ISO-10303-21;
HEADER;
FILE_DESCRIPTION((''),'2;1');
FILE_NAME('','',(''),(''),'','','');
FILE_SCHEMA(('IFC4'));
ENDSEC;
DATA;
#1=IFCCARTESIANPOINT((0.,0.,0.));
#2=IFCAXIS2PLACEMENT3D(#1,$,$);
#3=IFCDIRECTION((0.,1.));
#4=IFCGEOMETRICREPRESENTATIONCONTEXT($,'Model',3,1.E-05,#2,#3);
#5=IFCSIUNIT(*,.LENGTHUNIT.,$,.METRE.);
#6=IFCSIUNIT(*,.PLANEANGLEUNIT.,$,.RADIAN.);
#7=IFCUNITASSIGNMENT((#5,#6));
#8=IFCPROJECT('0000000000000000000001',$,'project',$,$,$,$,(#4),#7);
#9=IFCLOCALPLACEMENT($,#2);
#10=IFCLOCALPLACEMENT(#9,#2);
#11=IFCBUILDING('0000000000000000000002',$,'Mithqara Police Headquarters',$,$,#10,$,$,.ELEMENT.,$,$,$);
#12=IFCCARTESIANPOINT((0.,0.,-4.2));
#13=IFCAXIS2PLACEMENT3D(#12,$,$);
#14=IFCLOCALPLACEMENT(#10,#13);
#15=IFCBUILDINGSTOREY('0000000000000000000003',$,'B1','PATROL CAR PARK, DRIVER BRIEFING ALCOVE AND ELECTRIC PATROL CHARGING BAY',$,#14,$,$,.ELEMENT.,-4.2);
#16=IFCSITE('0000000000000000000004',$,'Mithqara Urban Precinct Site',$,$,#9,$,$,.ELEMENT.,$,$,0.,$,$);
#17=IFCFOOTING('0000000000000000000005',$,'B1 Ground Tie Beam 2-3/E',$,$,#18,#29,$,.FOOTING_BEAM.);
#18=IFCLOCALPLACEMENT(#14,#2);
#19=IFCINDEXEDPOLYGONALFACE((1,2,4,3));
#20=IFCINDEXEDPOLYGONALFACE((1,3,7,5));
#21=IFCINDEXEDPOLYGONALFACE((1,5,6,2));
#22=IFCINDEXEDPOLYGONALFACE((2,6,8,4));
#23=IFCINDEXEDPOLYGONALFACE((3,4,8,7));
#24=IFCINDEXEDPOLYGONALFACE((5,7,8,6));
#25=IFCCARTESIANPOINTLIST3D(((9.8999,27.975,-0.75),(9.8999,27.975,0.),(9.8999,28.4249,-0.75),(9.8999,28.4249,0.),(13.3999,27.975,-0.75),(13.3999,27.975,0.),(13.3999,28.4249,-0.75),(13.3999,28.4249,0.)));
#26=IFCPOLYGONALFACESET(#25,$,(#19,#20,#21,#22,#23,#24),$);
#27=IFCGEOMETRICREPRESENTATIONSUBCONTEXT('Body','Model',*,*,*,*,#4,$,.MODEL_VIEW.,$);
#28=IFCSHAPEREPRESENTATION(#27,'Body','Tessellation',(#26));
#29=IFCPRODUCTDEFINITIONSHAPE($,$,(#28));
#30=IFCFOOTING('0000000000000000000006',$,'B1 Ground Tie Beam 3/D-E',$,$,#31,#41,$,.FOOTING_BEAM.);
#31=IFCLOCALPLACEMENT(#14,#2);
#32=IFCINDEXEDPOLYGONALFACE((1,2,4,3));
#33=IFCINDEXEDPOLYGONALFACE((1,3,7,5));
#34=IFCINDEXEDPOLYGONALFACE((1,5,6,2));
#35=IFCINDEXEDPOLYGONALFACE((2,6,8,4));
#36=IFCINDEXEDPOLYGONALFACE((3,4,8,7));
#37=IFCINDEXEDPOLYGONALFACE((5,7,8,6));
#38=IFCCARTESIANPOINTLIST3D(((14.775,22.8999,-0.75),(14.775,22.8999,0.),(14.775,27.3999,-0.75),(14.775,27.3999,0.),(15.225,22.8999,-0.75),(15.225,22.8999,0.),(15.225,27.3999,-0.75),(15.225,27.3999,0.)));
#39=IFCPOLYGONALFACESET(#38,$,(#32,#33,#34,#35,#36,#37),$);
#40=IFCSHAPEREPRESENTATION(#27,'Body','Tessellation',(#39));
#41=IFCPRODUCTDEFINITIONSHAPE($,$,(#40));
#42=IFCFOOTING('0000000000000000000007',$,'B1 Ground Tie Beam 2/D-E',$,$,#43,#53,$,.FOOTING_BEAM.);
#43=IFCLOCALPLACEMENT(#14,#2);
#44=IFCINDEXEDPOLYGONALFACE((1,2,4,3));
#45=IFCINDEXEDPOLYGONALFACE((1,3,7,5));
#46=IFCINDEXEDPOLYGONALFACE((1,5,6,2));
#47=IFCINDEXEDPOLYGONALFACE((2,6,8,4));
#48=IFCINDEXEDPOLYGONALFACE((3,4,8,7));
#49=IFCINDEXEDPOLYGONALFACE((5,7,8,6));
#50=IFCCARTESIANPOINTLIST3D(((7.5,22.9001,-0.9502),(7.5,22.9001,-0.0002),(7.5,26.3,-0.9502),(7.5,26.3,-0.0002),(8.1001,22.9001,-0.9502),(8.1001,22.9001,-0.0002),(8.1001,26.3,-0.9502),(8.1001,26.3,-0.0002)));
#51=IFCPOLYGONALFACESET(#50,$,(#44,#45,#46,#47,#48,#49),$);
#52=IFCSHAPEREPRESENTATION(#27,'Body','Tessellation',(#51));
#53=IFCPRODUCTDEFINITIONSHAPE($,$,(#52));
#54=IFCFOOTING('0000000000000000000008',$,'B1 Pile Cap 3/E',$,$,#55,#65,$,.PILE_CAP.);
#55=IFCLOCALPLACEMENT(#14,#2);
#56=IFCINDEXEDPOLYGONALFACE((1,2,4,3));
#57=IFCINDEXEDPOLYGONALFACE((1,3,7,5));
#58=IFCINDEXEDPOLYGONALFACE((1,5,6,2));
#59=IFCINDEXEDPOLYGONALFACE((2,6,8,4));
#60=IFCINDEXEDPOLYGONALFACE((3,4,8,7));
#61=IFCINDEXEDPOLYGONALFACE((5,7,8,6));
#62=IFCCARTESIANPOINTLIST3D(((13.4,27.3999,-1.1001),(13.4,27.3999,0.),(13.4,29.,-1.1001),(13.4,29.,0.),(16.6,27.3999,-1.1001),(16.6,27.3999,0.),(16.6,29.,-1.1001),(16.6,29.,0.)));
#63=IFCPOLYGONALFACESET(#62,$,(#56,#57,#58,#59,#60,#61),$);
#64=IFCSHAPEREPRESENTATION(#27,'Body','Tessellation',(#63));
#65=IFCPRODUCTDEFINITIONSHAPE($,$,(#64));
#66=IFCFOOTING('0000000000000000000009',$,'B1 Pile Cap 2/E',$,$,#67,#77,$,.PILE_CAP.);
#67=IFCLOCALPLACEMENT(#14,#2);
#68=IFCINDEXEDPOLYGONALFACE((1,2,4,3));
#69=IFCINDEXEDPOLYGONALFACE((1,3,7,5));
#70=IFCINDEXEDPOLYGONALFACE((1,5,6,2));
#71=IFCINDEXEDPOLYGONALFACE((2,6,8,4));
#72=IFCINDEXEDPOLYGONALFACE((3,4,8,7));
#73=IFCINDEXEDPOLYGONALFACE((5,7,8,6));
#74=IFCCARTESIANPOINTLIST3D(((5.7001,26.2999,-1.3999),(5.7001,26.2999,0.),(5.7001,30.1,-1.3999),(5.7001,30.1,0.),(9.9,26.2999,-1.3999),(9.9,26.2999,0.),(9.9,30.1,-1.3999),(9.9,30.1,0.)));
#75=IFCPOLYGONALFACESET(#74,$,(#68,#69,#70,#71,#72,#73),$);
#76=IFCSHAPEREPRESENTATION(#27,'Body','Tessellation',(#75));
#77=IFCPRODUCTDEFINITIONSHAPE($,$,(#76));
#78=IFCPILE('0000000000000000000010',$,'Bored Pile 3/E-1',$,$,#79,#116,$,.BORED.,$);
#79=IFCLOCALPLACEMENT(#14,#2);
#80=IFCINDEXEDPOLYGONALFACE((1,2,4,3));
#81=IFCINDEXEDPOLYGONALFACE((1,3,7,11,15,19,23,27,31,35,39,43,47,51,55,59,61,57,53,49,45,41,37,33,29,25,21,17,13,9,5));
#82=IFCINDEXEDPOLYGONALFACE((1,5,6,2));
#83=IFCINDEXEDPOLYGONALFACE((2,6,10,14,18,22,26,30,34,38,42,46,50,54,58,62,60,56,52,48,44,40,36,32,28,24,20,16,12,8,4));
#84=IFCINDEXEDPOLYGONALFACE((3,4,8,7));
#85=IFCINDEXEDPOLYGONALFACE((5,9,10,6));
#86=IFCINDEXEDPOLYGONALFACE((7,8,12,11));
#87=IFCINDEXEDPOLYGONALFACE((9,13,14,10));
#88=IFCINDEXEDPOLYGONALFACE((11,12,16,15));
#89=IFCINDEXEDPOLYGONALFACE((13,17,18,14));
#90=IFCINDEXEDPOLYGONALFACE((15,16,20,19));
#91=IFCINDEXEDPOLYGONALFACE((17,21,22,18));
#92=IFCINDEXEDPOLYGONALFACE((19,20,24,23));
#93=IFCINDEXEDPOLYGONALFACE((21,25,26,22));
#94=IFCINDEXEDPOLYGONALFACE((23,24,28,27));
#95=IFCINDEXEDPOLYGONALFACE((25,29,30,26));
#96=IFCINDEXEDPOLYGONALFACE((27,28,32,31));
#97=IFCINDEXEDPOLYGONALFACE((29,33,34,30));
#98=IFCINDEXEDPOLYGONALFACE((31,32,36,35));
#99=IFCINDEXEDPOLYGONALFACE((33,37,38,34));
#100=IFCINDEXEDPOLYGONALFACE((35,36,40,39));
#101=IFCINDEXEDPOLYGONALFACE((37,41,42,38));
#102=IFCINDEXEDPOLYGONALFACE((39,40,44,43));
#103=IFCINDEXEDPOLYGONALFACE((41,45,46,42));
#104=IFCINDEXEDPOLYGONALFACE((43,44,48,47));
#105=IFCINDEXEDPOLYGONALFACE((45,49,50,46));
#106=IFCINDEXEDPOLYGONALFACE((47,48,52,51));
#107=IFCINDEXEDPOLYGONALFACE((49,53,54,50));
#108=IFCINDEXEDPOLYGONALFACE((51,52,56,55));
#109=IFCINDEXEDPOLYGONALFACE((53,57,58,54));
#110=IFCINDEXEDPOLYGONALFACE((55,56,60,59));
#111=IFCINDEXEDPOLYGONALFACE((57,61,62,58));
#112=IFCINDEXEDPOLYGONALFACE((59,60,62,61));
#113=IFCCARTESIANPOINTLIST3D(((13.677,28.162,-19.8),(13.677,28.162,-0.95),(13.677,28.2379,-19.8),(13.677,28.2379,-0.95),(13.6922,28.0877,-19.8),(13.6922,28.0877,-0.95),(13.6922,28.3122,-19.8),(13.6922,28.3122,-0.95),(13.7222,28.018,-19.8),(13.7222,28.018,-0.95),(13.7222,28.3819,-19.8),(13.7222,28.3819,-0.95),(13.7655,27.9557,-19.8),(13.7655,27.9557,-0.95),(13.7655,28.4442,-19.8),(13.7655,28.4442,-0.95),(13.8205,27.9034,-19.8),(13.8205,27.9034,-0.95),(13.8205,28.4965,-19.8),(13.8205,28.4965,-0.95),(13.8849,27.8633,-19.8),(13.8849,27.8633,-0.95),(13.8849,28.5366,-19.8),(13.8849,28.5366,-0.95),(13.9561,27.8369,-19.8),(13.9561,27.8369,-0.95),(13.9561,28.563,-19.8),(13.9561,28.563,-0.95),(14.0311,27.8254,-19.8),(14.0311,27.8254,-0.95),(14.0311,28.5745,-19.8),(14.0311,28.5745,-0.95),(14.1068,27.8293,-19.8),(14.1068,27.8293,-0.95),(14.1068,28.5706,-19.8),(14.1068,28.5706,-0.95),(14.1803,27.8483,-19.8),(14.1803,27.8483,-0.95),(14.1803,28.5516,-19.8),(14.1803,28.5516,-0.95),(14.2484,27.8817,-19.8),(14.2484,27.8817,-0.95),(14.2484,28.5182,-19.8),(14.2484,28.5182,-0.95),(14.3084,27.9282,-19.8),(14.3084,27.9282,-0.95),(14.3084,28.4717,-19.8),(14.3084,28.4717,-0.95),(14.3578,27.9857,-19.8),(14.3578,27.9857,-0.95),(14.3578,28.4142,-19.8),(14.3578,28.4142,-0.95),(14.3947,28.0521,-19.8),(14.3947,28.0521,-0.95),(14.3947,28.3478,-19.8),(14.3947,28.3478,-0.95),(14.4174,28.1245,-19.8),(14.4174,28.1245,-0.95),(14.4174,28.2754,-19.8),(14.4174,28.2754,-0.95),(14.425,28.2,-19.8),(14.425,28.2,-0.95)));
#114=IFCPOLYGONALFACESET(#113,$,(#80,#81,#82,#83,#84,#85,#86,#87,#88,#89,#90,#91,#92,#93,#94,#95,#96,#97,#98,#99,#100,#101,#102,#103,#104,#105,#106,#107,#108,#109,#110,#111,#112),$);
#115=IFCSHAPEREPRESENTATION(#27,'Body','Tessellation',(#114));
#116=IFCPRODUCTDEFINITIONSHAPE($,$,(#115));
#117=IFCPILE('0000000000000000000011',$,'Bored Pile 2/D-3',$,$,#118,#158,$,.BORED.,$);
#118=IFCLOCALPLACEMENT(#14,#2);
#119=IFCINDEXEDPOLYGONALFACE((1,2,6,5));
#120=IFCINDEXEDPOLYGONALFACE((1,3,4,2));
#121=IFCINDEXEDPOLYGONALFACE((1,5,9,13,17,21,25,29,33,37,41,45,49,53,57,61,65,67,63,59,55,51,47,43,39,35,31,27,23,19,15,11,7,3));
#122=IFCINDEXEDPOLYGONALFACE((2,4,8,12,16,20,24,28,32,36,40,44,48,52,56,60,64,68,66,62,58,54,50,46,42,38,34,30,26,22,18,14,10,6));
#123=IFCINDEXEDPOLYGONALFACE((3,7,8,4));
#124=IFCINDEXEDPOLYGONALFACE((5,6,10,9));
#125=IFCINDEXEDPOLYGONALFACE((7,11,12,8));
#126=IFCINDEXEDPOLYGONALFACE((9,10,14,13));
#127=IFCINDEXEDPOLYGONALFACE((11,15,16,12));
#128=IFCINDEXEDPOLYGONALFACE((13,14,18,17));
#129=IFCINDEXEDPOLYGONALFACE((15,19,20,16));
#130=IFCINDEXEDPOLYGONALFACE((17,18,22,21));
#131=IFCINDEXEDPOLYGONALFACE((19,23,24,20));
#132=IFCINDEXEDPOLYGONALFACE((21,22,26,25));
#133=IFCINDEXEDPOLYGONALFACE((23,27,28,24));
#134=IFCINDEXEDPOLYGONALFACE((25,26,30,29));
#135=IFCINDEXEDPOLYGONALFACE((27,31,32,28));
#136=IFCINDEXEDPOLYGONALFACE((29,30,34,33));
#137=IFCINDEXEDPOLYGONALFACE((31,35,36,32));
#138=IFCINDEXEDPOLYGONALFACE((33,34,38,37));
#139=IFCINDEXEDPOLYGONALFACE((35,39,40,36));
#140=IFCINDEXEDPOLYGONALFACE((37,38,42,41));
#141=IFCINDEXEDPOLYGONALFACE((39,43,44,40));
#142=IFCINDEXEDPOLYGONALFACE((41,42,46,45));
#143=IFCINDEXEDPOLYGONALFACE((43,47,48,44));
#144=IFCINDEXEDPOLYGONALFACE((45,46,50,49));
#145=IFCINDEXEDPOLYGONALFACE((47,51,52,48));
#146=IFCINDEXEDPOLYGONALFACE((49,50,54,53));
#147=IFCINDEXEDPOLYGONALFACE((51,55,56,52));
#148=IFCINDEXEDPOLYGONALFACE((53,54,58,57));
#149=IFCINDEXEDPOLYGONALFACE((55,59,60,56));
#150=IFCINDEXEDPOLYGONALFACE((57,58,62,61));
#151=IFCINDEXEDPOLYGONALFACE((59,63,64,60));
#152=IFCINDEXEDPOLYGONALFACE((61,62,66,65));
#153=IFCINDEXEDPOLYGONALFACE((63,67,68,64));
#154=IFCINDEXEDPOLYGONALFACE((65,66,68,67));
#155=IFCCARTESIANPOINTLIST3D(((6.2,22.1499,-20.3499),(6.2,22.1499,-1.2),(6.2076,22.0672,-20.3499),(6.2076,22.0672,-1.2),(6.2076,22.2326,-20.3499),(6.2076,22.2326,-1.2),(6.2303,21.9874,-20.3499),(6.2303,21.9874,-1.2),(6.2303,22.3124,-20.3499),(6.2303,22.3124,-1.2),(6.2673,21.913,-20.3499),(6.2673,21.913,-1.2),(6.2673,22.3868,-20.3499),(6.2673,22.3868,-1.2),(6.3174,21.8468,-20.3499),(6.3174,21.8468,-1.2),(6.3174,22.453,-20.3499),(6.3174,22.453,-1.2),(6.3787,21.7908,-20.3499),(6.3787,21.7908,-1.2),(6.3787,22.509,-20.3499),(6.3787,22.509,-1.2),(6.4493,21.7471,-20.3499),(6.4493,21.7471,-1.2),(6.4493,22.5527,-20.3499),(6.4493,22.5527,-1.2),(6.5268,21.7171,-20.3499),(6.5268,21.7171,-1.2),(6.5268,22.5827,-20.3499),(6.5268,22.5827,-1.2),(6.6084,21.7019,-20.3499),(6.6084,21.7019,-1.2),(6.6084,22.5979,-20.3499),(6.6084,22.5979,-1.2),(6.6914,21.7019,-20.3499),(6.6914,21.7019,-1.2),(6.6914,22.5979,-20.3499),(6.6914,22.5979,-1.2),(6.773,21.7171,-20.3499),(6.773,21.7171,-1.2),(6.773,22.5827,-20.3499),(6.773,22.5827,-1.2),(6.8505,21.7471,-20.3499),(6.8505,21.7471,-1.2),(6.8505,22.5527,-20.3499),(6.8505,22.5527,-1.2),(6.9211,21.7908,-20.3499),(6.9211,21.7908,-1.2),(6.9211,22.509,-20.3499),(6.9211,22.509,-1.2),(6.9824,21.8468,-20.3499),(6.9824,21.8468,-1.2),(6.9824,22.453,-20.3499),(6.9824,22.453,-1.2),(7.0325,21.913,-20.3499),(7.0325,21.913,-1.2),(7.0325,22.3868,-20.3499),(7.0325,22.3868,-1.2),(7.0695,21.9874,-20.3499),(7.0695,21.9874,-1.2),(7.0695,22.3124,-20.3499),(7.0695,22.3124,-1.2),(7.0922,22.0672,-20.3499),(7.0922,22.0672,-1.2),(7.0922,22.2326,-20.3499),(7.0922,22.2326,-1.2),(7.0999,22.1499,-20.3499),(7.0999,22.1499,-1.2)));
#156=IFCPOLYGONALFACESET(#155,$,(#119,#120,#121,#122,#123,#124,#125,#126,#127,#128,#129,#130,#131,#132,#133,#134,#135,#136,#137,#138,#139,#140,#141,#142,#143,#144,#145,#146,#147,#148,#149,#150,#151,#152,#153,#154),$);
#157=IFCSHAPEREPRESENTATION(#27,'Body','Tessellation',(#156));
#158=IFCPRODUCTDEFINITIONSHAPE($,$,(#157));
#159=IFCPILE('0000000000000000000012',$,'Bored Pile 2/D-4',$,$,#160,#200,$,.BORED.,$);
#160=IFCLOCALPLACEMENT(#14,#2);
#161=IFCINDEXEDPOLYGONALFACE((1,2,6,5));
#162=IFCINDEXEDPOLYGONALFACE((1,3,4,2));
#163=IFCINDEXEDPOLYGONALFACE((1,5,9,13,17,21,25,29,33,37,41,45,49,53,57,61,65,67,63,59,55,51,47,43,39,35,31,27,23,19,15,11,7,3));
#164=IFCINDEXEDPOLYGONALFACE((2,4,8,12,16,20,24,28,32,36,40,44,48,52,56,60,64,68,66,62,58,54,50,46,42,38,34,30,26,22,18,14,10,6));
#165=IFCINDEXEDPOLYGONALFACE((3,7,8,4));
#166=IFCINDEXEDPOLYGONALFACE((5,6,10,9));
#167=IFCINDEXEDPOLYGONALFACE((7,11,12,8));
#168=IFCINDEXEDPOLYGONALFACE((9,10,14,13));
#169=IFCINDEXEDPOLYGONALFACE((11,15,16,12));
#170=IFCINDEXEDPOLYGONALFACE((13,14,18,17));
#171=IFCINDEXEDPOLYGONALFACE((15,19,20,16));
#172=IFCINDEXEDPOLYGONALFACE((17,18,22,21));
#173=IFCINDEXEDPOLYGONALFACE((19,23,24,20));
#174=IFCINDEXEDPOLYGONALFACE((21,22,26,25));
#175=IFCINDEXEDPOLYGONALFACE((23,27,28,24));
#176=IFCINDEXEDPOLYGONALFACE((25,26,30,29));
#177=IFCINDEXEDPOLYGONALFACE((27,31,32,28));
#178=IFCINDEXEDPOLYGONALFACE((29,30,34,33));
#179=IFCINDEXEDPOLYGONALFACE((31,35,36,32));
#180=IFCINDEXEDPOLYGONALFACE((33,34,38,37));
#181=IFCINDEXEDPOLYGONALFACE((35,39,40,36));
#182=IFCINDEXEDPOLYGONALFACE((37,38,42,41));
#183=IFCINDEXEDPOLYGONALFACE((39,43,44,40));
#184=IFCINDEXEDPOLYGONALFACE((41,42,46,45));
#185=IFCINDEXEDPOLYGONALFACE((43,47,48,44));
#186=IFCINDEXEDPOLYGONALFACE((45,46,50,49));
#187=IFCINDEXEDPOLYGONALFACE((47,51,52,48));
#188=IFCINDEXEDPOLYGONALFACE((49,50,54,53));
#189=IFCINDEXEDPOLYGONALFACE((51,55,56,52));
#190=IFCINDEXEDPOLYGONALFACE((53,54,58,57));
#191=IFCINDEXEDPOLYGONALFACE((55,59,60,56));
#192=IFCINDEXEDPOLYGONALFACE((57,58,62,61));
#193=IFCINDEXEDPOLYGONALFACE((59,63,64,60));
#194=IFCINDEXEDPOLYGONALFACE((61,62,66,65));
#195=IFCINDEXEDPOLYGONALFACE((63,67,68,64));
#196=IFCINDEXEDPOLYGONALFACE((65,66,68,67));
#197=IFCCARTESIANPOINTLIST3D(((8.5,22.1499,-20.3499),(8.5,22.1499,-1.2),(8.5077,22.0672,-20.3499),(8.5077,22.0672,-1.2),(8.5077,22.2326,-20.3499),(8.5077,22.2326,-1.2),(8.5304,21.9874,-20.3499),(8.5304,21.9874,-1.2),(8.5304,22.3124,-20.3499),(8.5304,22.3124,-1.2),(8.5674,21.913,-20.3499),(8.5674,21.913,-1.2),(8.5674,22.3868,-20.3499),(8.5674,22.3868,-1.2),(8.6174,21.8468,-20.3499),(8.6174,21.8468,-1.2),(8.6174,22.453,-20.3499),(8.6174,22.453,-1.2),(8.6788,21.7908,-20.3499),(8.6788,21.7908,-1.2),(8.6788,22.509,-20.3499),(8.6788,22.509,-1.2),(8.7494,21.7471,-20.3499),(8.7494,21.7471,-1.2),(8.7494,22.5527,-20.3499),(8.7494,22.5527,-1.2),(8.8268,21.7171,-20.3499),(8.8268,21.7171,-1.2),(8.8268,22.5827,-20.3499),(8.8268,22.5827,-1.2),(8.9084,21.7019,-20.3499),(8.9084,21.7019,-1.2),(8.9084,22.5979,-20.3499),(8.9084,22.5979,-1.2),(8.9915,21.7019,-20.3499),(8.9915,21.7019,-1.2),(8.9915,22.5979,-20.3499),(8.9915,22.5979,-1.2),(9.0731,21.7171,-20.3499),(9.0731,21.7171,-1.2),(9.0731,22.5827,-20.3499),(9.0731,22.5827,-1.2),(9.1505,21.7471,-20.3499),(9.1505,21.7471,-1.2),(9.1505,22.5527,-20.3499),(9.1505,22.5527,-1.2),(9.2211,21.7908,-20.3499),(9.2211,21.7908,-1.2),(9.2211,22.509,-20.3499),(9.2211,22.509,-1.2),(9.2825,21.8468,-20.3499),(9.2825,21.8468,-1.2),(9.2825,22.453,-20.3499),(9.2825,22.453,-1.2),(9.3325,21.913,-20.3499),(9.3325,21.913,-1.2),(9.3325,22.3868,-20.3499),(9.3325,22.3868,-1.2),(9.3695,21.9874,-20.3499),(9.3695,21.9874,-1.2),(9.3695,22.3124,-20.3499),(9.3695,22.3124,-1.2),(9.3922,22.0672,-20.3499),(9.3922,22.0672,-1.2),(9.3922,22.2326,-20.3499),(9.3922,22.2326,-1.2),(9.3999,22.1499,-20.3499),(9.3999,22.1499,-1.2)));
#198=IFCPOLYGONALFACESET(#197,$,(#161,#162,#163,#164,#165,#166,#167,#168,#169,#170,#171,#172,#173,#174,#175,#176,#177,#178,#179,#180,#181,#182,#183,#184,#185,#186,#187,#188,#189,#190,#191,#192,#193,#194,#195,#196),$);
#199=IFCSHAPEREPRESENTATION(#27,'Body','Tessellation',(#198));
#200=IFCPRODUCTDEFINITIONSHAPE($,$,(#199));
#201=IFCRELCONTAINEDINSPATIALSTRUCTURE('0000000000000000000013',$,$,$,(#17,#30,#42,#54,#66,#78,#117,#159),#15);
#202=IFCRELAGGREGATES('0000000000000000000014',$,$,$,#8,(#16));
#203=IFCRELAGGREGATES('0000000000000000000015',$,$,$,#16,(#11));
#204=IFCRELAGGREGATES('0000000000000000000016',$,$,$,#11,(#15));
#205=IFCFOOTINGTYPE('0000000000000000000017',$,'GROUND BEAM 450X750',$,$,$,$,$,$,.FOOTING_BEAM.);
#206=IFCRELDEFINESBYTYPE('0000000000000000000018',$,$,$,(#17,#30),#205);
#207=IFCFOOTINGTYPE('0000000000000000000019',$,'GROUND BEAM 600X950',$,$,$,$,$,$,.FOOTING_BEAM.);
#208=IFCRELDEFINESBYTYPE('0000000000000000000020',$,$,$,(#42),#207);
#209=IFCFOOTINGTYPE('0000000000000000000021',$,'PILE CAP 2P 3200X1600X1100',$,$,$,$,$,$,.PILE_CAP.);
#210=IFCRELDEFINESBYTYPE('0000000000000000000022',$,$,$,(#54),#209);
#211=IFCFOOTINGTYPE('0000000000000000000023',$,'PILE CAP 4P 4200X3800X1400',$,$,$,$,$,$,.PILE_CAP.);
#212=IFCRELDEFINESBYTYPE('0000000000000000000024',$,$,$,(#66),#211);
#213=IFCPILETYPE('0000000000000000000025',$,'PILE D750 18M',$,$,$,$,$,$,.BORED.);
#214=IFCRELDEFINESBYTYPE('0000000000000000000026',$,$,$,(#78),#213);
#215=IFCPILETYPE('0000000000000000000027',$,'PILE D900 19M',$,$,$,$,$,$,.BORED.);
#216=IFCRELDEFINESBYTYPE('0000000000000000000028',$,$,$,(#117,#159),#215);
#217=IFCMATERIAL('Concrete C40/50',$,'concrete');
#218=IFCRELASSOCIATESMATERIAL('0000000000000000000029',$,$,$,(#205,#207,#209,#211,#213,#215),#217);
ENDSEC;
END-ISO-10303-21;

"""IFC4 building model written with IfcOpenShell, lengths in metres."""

from ifc_helpers import new_model, si_unit, direction, frame, origin, origin_2d, place, context, subcontext, project, spatial, rectangle, circle, extrude, material, material_profile, profile_set, type_object, element, save


model = new_model("IFC4")

# Units and contexts
model_context = context("Model", 3, precision=1e-05, world=origin(), true_north=direction((0.0, 1.0)))
body_context = subcontext(model_context, "Body", "Model", "MODEL_VIEW")
ifc_project = project(units=[si_unit("LENGTHUNIT", "METRE"), si_unit("PLANEANGLEUNIT", "RADIAN")], contexts=[model_context])

# Site, building, storey
site_placement = place(None, origin())
site = spatial("IfcSite", under=ifc_project, at=site_placement, Name="Mithqara Urban Precinct Site", CompositionType="ELEMENT", RefElevation=0.0)
building_placement = place(site_placement, origin())
building = spatial("IfcBuilding", under=site, at=building_placement, Name="Mithqara Police Headquarters", CompositionType="ELEMENT")
storey_placement = place(building_placement, frame((0.0, 0.0, -4.2)))
storey = spatial("IfcBuildingStorey", under=building, at=storey_placement, Name="B1", Description="PATROL CAR PARK, DRIVER BRIEFING ALCOVE AND ELECTRIC PATROL CHARGING BAY", CompositionType="ELEMENT", Elevation=-4.2)

# Footings
ifc_material_1 = material(Name="Concrete C40/50", Category="concrete")
footing_type_1 = type_object("IfcFootingType", Name="GROUND BEAM 450X750", PredefinedType="FOOTING_BEAM", material=ifc_material_1)
footing_1_placement = place(storey_placement, frame((11.6499, 28.2, -0.75), z_axis=(0.0, 0.0, 1.0), x_axis=(1.0, 0.0, 0.0)))
element("IfcFooting", 1, at=footing_1_placement, inside=storey, type_object=footing_type_1, Name="B1 Ground Tie Beam 2-3/E", PredefinedType="FOOTING_BEAM", context=body_context, shape_type="SweptSolid", body=[
    extrude(rectangle(XDim=3.5, YDim=0.45, at=origin_2d()), origin(), (0.0, 0.0, 1.0), 0.75),
])
footing_2_placement = place(storey_placement, frame((15.0, 25.1499, -0.75), z_axis=(0.0, 0.0, 1.0), x_axis=(1.0, 0.0, 0.0)))
element("IfcFooting", 2, at=footing_2_placement, inside=storey, type_object=footing_type_1, Name="B1 Ground Tie Beam 3/D-E", PredefinedType="FOOTING_BEAM", context=body_context, shape_type="SweptSolid", body=[
    extrude(rectangle(XDim=0.45, YDim=4.5, at=origin_2d()), origin(), (0.0, 0.0, 1.0), 0.75),
])
footing_type_2 = type_object("IfcFootingType", Name="GROUND BEAM 600X950", PredefinedType="FOOTING_BEAM", material=ifc_material_1)
footing_3_placement = place(storey_placement, frame((7.8, 24.6001, -0.9502), z_axis=(0.0, 0.0, 1.0), x_axis=(1.0, 0.0, 0.0)))
element("IfcFooting", 3, at=footing_3_placement, inside=storey, type_object=footing_type_2, Name="B1 Ground Tie Beam 2/D-E", PredefinedType="FOOTING_BEAM", context=body_context, shape_type="SweptSolid", body=[
    extrude(rectangle(XDim=0.6001, YDim=3.3999, at=origin_2d()), origin(), (0.0, 0.0, 1.0), 0.95),
])
footing_type_3 = type_object("IfcFootingType", Name="PILE CAP 2P 3200X1600X1100", PredefinedType="PILE_CAP", material=ifc_material_1)
footing_4_placement = place(storey_placement, frame((15.0, 28.2, -1.1001), z_axis=(0.0, 0.0, 1.0), x_axis=(1.0, 0.0, 0.0)))
element("IfcFooting", 4, at=footing_4_placement, inside=storey, type_object=footing_type_3, Name="B1 Pile Cap 3/E", PredefinedType="PILE_CAP", context=body_context, shape_type="SweptSolid", body=[
    extrude(rectangle(XDim=3.2, YDim=1.6001, at=origin_2d()), origin(), (0.0, 0.0, 1.0), 1.1001),
])
footing_type_4 = type_object("IfcFootingType", Name="PILE CAP 4P 4200X3800X1400", PredefinedType="PILE_CAP", material=ifc_material_1)
footing_5_placement = place(storey_placement, frame((7.8, 28.2, -1.3999), z_axis=(0.0, 0.0, 1.0), x_axis=(1.0, 0.0, 0.0)))
element("IfcFooting", 5, at=footing_5_placement, inside=storey, type_object=footing_type_4, Name="B1 Pile Cap 2/E", PredefinedType="PILE_CAP", context=body_context, shape_type="SweptSolid", body=[
    extrude(rectangle(XDim=4.2, YDim=3.8, at=origin_2d()), origin(), (0.0, 0.0, 1.0), 1.3999),
])

# Piles
ifc_material_profile_1 = material_profile(ifc_material_1, circle(Radius=0.375, at=origin_2d()), Name="PILE D750")
ifc_profile_set_1 = profile_set([ifc_material_profile_1], Name="Concrete C40/50")
pile_type_1 = type_object("IfcPileType", Name="PILE D750 18M", PredefinedType="BORED", material=ifc_profile_set_1)
pile_placement = place(storey_placement, frame((14.05, 28.2, -0.95), z_axis=(0.0, 0.0, -1.0), x_axis=(1.0, 0.0, 0.0)))
element("IfcPile", 6, at=pile_placement, inside=storey, type_object=pile_type_1, Name="Bored Pile 3/E-1", PredefinedType="BORED", context=body_context, shape_type="SweptSolid", body=[
    extrude(circle(Radius=0.375, at=origin_2d()), origin(), (0.0, 0.0, 1.0), 18.8501),
])
ifc_material_profile_2 = material_profile(ifc_material_1, circle(Radius=0.45, at=origin_2d()), Name="PILE D900")
ifc_profile_set_2 = profile_set([ifc_material_profile_2], Name="Concrete C40/50")
pile_type_2 = type_object("IfcPileType", Name="PILE D900 19M", PredefinedType="BORED", material=ifc_profile_set_2)
for number, where, z_axis, x_axis, name in (
    (7, (6.6499, 22.1499, -1.2), (0.0, 0.0, -1.0), (1.0, 0.0, 0.0), "Bored Pile 2/D-3"),
    (8, (8.95, 22.1499, -1.2), (0.0, 0.0, -1.0), (1.0, 0.0, 0.0), "Bored Pile 2/D-4"),
):
    element("IfcPile", number, at=place(storey_placement, frame(where, z_axis=z_axis, x_axis=x_axis)), inside=storey, type_object=pile_type_2, Name=name, PredefinedType="BORED", context=body_context, shape_type="SweptSolid", body=[
        extrude(circle(Radius=0.45, at=origin_2d()), origin(), (0.0, 0.0, 1.0), 19.1499),
    ])

save(model, "model.ifc")
